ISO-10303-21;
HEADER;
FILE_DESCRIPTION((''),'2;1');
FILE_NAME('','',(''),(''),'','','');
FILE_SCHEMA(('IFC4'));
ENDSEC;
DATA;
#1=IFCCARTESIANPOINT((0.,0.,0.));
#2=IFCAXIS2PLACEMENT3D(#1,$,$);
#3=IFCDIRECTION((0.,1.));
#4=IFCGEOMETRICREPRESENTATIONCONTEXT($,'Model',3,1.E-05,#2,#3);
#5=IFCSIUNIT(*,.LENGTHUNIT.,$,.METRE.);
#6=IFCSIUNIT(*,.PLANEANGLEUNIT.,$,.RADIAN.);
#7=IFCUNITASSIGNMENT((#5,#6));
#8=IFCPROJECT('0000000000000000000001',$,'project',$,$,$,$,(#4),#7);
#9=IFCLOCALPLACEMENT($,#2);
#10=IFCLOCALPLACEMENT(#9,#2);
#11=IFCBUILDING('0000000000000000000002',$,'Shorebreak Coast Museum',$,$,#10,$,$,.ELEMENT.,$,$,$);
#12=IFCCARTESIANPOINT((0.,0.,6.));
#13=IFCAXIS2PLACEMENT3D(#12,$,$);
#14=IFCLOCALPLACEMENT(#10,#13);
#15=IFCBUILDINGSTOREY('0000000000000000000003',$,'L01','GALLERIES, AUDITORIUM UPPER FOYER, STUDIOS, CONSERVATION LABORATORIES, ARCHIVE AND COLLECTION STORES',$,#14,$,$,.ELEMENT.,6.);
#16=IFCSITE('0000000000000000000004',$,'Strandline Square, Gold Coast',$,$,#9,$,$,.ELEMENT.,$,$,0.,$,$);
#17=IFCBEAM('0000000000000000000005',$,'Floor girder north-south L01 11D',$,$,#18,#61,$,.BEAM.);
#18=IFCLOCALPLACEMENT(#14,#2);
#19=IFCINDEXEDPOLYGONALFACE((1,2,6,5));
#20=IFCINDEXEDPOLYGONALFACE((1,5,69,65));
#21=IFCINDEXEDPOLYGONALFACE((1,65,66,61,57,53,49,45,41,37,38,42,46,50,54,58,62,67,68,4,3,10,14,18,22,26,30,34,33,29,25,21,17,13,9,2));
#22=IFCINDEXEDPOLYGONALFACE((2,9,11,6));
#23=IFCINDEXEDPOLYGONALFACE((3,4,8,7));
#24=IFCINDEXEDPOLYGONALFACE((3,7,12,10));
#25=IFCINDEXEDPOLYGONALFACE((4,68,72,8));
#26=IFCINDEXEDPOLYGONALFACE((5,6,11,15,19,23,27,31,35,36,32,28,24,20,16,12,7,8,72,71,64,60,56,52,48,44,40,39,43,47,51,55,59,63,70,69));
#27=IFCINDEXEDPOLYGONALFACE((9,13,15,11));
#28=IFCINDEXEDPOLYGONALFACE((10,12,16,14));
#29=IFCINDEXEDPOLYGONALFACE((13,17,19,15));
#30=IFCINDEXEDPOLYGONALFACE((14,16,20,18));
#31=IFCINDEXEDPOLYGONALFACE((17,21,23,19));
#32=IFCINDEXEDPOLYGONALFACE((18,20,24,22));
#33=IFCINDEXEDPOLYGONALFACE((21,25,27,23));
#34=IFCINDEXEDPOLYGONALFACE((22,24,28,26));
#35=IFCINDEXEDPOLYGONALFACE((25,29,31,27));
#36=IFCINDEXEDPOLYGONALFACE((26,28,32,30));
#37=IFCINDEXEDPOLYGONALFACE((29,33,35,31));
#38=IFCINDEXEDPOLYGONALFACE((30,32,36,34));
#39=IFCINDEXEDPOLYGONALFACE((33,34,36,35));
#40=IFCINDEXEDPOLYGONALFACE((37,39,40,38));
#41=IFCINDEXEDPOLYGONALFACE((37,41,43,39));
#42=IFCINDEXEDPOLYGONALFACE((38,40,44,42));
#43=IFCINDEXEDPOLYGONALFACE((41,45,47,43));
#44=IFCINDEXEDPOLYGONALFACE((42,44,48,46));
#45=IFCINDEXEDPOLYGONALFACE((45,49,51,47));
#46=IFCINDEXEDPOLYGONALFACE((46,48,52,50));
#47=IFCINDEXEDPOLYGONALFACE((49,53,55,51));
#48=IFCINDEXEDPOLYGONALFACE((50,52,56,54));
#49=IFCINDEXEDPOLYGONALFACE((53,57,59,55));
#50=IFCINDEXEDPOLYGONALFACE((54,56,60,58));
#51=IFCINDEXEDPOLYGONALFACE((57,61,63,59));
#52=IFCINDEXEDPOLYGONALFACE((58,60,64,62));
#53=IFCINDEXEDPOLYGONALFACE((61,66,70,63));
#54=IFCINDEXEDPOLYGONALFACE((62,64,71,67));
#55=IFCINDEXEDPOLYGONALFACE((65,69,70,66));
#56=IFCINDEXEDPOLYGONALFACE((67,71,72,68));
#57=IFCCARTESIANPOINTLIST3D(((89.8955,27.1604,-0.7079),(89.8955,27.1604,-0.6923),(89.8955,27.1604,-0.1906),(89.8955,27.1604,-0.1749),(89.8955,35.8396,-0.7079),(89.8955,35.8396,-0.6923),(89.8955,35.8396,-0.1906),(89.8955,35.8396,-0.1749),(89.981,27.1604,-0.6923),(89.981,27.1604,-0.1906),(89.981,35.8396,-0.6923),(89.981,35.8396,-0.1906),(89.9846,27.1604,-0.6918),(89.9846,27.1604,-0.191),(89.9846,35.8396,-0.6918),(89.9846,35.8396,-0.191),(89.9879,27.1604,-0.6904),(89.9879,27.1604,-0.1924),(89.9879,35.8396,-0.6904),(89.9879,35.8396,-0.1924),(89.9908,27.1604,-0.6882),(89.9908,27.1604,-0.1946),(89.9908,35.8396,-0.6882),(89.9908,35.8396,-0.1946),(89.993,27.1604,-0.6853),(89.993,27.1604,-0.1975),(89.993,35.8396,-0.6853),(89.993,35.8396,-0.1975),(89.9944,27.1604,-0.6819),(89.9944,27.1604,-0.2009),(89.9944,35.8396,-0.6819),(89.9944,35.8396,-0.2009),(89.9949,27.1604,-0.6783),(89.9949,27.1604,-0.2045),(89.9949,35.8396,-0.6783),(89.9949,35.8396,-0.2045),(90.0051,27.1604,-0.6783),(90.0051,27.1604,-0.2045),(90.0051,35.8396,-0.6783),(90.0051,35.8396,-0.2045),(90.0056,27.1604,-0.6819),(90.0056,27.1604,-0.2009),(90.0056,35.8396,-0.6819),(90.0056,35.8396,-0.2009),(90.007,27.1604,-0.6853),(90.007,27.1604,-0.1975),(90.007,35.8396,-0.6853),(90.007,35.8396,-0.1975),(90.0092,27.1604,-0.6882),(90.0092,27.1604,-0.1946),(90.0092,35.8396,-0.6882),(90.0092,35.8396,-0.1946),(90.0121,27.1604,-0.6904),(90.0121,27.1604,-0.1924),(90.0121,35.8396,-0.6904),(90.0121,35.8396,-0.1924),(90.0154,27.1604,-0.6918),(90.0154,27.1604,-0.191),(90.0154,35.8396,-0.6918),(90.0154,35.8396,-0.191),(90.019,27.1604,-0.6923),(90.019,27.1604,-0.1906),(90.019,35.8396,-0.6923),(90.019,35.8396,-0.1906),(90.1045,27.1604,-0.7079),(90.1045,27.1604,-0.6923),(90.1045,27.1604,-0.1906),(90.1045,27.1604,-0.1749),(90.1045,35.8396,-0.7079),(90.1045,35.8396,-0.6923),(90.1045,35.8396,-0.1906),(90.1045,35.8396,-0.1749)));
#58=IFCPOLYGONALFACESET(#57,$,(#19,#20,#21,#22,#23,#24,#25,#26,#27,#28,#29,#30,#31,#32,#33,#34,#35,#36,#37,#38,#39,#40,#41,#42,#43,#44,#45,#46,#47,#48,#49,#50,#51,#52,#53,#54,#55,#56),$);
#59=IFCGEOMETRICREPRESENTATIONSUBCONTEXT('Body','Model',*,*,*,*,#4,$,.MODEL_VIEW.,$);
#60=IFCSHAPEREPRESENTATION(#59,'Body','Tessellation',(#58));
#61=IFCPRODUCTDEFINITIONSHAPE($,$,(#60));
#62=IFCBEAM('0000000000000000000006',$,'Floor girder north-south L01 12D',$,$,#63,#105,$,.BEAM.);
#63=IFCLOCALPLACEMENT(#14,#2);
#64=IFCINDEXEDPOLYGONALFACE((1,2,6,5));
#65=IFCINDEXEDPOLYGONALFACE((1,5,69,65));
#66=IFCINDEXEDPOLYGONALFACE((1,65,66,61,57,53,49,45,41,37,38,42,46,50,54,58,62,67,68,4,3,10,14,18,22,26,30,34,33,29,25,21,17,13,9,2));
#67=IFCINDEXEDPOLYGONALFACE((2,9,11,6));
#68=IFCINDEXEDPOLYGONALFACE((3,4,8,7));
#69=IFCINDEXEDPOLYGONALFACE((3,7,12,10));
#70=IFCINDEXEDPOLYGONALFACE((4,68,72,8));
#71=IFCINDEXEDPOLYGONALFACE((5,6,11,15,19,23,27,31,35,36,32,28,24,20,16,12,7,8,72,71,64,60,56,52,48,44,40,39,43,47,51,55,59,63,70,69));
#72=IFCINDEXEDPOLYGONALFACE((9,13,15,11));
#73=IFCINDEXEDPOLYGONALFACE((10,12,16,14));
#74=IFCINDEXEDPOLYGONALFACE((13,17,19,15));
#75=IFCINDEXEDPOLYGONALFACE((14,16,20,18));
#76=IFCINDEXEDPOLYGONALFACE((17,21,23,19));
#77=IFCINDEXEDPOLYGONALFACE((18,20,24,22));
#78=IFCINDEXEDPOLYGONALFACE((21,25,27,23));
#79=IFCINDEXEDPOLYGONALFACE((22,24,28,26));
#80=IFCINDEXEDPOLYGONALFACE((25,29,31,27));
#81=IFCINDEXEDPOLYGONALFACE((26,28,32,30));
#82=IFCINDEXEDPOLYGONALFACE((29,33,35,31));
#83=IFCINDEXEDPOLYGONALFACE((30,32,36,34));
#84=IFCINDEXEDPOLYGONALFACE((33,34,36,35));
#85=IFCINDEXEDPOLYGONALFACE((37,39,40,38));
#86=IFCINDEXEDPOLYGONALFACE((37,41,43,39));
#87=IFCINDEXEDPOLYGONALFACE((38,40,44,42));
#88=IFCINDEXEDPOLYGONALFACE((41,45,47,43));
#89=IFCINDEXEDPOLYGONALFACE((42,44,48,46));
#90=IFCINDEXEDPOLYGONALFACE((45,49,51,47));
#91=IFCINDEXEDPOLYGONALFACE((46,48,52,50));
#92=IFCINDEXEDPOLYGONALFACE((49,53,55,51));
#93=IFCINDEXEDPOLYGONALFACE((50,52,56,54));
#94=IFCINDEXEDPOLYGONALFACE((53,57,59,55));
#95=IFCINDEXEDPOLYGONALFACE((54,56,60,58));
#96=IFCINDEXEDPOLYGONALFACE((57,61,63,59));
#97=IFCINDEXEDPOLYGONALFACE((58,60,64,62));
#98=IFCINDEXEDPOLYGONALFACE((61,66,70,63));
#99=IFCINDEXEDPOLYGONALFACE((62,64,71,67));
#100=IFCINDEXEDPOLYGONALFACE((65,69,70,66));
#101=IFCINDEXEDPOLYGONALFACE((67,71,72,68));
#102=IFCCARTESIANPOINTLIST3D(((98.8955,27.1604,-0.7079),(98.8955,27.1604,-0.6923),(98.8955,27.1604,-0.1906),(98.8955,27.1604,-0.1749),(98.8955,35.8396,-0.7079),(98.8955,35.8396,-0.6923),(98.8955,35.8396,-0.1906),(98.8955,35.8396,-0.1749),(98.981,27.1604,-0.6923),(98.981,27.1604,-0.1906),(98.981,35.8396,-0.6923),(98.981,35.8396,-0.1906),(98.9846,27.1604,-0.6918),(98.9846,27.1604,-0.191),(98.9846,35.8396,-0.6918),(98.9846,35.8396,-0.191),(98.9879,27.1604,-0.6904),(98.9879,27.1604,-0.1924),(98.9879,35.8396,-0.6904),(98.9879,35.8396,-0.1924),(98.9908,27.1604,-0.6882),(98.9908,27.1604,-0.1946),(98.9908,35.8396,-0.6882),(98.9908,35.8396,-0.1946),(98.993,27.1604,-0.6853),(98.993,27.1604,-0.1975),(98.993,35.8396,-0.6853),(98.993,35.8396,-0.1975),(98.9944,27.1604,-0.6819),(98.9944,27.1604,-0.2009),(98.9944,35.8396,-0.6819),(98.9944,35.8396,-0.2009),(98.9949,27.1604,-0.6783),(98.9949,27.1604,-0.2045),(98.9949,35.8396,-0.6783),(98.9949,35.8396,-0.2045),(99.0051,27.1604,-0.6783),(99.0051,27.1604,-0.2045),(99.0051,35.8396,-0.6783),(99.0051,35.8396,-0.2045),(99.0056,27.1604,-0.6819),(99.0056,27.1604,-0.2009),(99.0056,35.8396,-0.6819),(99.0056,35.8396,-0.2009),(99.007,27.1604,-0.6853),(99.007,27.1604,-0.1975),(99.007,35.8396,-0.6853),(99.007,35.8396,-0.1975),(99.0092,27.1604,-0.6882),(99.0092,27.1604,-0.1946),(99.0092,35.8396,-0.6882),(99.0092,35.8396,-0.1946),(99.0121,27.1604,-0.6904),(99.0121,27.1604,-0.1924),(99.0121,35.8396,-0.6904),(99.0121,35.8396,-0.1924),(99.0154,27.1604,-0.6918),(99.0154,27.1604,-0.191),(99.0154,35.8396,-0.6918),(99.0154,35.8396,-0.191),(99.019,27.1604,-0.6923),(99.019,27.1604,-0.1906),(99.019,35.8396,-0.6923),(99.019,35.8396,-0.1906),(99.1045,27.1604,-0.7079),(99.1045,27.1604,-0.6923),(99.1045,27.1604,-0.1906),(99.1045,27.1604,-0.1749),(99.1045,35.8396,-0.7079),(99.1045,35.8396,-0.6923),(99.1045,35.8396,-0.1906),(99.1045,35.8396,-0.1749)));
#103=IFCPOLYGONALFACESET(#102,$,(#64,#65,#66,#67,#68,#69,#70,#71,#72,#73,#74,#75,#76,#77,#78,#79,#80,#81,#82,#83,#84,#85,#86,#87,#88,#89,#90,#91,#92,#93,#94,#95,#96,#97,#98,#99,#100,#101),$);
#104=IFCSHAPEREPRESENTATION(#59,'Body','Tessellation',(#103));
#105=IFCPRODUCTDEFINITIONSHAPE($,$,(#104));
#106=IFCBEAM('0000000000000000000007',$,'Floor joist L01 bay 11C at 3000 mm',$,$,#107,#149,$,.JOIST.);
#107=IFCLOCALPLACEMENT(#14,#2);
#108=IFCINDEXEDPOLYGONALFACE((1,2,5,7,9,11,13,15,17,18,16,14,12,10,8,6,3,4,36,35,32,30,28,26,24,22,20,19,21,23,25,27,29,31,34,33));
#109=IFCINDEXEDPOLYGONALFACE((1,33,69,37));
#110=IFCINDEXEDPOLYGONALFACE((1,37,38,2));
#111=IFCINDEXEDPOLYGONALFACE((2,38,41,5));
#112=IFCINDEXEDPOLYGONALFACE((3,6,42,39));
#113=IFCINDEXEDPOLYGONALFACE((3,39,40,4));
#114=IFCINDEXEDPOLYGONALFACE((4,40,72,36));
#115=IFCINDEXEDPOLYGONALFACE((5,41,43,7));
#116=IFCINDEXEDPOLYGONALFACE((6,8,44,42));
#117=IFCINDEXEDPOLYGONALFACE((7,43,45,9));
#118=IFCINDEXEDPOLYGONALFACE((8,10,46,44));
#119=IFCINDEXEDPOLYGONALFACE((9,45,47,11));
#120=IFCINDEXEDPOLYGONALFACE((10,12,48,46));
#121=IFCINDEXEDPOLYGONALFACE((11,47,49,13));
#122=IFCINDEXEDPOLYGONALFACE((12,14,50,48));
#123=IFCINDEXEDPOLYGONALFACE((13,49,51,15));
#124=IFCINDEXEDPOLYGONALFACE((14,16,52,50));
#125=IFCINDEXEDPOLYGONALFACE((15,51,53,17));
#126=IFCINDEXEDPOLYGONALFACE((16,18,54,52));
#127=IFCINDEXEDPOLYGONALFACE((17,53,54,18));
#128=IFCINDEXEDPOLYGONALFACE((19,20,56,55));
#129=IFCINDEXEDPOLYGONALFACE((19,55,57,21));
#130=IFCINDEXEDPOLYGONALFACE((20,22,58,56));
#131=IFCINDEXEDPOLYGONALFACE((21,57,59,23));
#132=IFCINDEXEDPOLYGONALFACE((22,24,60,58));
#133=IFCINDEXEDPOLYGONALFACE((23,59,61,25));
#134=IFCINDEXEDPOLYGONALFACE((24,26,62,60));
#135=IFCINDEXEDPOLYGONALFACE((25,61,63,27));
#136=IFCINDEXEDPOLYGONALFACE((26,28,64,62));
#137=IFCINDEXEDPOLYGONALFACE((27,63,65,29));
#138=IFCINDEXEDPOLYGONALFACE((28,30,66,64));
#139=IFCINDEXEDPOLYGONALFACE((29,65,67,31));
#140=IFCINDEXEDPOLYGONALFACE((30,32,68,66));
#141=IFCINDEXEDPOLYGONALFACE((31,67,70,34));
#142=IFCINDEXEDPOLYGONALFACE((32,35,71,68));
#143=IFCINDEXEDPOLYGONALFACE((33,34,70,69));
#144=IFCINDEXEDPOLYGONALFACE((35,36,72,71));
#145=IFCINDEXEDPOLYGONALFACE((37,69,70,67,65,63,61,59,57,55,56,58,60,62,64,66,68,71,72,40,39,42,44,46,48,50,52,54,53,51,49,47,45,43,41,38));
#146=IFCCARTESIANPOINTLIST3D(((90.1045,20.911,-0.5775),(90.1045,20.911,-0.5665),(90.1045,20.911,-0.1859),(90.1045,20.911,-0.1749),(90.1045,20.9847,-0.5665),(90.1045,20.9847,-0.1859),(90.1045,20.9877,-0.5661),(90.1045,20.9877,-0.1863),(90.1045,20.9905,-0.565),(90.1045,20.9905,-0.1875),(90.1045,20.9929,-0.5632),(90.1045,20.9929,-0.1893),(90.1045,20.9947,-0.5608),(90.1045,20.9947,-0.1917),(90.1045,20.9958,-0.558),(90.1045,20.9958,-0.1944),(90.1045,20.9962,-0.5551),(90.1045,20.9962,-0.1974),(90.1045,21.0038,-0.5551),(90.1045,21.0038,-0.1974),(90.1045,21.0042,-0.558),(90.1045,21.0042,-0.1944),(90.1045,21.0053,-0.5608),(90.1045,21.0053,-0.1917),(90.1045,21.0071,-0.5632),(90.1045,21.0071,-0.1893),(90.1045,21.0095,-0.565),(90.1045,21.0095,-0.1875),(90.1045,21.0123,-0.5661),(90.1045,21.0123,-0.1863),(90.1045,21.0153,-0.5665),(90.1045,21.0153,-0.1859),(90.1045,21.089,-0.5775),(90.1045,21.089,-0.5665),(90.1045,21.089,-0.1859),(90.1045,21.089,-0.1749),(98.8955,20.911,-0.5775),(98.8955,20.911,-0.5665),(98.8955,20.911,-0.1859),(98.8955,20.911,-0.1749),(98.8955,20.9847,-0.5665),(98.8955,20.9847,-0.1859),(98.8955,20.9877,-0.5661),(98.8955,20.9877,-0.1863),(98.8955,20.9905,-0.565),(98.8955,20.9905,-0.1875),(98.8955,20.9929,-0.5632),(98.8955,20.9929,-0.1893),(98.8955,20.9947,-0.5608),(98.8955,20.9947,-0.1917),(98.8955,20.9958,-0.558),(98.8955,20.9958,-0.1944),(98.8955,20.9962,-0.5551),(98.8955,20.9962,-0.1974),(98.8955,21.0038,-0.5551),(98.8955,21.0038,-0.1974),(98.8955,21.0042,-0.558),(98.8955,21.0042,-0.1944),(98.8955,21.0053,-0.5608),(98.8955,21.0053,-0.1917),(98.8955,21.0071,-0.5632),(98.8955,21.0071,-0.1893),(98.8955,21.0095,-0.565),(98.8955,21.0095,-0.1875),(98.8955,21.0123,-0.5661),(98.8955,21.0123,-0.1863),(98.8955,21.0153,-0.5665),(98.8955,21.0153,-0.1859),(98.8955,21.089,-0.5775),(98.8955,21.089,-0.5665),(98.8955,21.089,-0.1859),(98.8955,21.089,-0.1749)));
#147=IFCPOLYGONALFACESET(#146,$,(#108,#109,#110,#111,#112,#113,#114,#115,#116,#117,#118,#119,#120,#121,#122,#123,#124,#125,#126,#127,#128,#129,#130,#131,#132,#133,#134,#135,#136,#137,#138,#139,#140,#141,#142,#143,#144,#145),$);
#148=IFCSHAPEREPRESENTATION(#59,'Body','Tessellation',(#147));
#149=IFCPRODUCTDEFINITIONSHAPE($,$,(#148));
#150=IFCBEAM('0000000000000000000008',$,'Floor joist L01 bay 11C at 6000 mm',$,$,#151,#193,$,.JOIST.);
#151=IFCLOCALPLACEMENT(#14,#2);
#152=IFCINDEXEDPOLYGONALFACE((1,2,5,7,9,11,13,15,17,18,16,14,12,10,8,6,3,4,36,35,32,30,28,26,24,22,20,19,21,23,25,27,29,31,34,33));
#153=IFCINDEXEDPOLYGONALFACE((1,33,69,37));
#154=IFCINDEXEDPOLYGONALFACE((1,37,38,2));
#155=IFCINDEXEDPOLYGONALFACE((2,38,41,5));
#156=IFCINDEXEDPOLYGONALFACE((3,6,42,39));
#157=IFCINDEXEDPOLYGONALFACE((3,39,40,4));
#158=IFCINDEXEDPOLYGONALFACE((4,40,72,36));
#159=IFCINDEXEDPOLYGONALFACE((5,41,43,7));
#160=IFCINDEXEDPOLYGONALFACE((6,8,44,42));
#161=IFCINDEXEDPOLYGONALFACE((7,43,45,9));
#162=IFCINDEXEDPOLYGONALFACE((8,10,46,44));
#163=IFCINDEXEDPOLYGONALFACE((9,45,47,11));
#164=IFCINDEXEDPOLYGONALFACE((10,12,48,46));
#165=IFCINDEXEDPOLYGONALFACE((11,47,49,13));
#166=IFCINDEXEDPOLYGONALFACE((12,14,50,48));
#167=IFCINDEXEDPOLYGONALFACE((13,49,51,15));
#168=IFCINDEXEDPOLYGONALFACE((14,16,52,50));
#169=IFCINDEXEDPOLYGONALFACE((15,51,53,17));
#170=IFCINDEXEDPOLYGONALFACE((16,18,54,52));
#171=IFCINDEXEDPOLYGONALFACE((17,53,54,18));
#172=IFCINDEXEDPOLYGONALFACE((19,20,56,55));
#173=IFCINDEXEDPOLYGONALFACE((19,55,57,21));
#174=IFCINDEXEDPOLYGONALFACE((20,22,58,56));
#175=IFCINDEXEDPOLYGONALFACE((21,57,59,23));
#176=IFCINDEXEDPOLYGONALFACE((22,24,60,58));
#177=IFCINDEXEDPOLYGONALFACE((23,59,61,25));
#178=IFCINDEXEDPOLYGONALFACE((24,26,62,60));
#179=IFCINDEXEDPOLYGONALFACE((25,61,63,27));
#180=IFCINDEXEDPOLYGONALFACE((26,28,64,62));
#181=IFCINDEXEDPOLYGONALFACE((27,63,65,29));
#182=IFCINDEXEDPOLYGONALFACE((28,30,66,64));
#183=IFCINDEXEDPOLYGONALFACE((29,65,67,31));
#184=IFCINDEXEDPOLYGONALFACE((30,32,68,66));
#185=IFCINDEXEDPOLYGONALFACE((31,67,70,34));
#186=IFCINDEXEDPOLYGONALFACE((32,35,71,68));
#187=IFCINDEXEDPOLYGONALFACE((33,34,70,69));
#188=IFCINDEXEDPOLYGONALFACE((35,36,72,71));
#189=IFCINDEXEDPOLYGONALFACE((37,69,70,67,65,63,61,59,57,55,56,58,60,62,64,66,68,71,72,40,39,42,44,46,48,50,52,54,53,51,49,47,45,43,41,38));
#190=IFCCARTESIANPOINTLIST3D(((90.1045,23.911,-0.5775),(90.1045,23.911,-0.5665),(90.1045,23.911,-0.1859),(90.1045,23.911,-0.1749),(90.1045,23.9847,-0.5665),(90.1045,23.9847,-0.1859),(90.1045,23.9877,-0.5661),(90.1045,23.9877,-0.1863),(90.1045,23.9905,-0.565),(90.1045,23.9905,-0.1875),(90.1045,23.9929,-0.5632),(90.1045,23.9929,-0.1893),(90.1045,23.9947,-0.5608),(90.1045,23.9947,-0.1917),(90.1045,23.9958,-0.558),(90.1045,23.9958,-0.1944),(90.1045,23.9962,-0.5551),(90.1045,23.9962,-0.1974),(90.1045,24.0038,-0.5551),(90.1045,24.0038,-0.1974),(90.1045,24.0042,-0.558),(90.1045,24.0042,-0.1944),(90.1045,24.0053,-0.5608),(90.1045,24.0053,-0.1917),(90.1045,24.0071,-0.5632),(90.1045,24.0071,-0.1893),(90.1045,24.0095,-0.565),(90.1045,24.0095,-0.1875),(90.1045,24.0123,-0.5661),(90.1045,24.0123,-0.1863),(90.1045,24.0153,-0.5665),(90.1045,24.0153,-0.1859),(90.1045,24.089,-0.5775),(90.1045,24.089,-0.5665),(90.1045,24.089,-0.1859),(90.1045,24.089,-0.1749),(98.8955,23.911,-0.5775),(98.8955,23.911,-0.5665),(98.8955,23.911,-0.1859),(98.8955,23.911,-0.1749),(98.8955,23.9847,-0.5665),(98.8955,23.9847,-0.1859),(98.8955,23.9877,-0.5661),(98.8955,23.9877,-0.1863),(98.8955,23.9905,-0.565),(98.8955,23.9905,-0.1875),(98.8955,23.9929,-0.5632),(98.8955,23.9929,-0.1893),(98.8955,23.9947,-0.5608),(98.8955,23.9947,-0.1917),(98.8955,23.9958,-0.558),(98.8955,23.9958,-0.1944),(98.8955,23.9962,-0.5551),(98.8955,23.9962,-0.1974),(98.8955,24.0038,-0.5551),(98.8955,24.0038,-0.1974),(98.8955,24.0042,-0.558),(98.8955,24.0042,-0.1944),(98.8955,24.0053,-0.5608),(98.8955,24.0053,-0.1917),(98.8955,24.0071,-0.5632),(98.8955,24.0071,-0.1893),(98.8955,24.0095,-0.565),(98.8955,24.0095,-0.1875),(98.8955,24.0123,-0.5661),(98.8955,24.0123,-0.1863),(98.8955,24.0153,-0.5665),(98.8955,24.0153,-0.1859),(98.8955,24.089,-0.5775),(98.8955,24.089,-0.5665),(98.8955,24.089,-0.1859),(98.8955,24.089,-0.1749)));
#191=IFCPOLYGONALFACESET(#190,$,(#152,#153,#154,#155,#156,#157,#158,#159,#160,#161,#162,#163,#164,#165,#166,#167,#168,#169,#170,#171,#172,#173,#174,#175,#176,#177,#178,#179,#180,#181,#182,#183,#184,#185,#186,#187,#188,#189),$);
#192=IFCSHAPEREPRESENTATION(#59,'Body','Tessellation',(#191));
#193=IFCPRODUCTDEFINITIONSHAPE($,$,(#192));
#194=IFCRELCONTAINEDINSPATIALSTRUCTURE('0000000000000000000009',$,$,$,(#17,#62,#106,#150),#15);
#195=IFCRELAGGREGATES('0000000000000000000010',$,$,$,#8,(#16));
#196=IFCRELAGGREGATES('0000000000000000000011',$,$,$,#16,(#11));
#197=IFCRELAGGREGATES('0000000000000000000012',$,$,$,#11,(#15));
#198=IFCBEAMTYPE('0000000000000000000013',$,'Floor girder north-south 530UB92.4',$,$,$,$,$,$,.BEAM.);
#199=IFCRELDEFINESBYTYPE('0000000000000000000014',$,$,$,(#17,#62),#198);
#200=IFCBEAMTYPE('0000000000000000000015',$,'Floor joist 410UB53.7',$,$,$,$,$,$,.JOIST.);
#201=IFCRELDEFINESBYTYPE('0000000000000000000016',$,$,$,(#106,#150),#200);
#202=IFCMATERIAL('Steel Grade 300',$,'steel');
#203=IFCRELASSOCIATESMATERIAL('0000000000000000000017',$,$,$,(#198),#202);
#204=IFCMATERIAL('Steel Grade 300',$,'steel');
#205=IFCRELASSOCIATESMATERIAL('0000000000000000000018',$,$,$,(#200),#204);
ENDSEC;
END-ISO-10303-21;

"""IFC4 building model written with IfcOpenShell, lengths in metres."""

from ifc_helpers import new_model, si_unit, direction, frame, origin, origin_2d, place, context, subcontext, project, spatial, i_section, extrude, material, material_profile, profile_set, type_object, element, save


model = new_model("IFC4")

# Units and contexts
model_context = context("Model", 3, precision=1e-05, world=origin(), true_north=direction((0.0, 1.0)))
body_context = subcontext(model_context, "Body", "Model", "MODEL_VIEW")
ifc_project = project(units=[si_unit("LENGTHUNIT", "METRE"), si_unit("PLANEANGLEUNIT", "RADIAN")], contexts=[model_context])

# Site, building, storey
site_placement = place(None, origin())
site = spatial("IfcSite", under=ifc_project, at=site_placement, Name="Strandline Square, Gold Coast", CompositionType="ELEMENT", RefElevation=0.0)
building_placement = place(site_placement, origin())
building = spatial("IfcBuilding", under=site, at=building_placement, Name="Shorebreak Coast Museum", CompositionType="ELEMENT")
storey_placement = place(building_placement, frame((0.0, 0.0, 6.0)))
storey = spatial("IfcBuildingStorey", under=building, at=storey_placement, Name="L01", Description="GALLERIES, AUDITORIUM UPPER FOYER, STUDIOS, CONSERVATION LABORATORIES, ARCHIVE AND COLLECTION STORES", CompositionType="ELEMENT", Elevation=6.0)

# Beams
ifc_material_1 = material(Name="Steel Grade 300", Category="steel")
ifc_material_profile_1 = material_profile(ifc_material_1, i_section(OverallWidth=0.209, OverallDepth=0.533, WebThickness=0.0103, FlangeThickness=0.0156, FilletRadius=0.0139, at=origin_2d()), Name="530UB92.4")
ifc_profile_set_1 = profile_set([ifc_material_profile_1], Name="Steel Grade 300")
beam_type_1 = type_object("IfcBeamType", Name="Floor girder north-south 530UB92.4", PredefinedType="BEAM", material=ifc_profile_set_1)
for number, where, z_axis, x_axis, name in (
    (1, (90.0, 27.1604, -0.4414), (0.0, 1.0, 0.0), (-1.0, 0.0, 0.0), "Floor girder north-south L01 11D"),
    (2, (99.0, 27.1604, -0.4414), (0.0, 1.0, 0.0), (-1.0, 0.0, 0.0), "Floor girder north-south L01 12D"),
):
    element("IfcBeam", number, at=place(storey_placement, frame(where, z_axis=z_axis, x_axis=x_axis)), inside=storey, type_object=beam_type_1, Name=name, PredefinedType="BEAM", context=body_context, shape_type="SweptSolid", body=[
        extrude(i_section(OverallWidth=0.209, OverallDepth=0.533, WebThickness=0.0103, FlangeThickness=0.0156, FilletRadius=0.0139, at=origin_2d()), origin(), (0.0, 0.0, 1.0), 8.6792),
    ])
ifc_material_2 = material(Name="Steel Grade 300", Category="steel")
ifc_material_profile_2 = material_profile(ifc_material_2, i_section(OverallWidth=0.178, OverallDepth=0.4026, WebThickness=0.0076, FlangeThickness=0.011, FilletRadius=0.0115, at=origin_2d()), Name="410UB53.7")
ifc_profile_set_2 = profile_set([ifc_material_profile_2], Name="Steel Grade 300")
beam_type_2 = type_object("IfcBeamType", Name="Floor joist 410UB53.7", PredefinedType="JOIST", material=ifc_profile_set_2)
for number, where, z_axis, x_axis, name in (
    (3, (90.1045, 21.0, -0.3762), (1.0, 0.0, 0.0), (0.0, 1.0, 0.0), "Floor joist L01 bay 11C at 3000 mm"),
    (4, (90.1045, 24.0, -0.3762), (1.0, 0.0, 0.0), (0.0, 1.0, 0.0), "Floor joist L01 bay 11C at 6000 mm"),
):
    element("IfcBeam", number, at=place(storey_placement, frame(where, z_axis=z_axis, x_axis=x_axis)), inside=storey, type_object=beam_type_2, Name=name, PredefinedType="JOIST", context=body_context, shape_type="SweptSolid", body=[
        extrude(i_section(OverallWidth=0.178, OverallDepth=0.4026, WebThickness=0.0076, FlangeThickness=0.011, FilletRadius=0.0115, at=origin_2d()), origin(), (0.0, 0.0, 1.0), 8.791),
    ])

save(model, "model.ifc")
